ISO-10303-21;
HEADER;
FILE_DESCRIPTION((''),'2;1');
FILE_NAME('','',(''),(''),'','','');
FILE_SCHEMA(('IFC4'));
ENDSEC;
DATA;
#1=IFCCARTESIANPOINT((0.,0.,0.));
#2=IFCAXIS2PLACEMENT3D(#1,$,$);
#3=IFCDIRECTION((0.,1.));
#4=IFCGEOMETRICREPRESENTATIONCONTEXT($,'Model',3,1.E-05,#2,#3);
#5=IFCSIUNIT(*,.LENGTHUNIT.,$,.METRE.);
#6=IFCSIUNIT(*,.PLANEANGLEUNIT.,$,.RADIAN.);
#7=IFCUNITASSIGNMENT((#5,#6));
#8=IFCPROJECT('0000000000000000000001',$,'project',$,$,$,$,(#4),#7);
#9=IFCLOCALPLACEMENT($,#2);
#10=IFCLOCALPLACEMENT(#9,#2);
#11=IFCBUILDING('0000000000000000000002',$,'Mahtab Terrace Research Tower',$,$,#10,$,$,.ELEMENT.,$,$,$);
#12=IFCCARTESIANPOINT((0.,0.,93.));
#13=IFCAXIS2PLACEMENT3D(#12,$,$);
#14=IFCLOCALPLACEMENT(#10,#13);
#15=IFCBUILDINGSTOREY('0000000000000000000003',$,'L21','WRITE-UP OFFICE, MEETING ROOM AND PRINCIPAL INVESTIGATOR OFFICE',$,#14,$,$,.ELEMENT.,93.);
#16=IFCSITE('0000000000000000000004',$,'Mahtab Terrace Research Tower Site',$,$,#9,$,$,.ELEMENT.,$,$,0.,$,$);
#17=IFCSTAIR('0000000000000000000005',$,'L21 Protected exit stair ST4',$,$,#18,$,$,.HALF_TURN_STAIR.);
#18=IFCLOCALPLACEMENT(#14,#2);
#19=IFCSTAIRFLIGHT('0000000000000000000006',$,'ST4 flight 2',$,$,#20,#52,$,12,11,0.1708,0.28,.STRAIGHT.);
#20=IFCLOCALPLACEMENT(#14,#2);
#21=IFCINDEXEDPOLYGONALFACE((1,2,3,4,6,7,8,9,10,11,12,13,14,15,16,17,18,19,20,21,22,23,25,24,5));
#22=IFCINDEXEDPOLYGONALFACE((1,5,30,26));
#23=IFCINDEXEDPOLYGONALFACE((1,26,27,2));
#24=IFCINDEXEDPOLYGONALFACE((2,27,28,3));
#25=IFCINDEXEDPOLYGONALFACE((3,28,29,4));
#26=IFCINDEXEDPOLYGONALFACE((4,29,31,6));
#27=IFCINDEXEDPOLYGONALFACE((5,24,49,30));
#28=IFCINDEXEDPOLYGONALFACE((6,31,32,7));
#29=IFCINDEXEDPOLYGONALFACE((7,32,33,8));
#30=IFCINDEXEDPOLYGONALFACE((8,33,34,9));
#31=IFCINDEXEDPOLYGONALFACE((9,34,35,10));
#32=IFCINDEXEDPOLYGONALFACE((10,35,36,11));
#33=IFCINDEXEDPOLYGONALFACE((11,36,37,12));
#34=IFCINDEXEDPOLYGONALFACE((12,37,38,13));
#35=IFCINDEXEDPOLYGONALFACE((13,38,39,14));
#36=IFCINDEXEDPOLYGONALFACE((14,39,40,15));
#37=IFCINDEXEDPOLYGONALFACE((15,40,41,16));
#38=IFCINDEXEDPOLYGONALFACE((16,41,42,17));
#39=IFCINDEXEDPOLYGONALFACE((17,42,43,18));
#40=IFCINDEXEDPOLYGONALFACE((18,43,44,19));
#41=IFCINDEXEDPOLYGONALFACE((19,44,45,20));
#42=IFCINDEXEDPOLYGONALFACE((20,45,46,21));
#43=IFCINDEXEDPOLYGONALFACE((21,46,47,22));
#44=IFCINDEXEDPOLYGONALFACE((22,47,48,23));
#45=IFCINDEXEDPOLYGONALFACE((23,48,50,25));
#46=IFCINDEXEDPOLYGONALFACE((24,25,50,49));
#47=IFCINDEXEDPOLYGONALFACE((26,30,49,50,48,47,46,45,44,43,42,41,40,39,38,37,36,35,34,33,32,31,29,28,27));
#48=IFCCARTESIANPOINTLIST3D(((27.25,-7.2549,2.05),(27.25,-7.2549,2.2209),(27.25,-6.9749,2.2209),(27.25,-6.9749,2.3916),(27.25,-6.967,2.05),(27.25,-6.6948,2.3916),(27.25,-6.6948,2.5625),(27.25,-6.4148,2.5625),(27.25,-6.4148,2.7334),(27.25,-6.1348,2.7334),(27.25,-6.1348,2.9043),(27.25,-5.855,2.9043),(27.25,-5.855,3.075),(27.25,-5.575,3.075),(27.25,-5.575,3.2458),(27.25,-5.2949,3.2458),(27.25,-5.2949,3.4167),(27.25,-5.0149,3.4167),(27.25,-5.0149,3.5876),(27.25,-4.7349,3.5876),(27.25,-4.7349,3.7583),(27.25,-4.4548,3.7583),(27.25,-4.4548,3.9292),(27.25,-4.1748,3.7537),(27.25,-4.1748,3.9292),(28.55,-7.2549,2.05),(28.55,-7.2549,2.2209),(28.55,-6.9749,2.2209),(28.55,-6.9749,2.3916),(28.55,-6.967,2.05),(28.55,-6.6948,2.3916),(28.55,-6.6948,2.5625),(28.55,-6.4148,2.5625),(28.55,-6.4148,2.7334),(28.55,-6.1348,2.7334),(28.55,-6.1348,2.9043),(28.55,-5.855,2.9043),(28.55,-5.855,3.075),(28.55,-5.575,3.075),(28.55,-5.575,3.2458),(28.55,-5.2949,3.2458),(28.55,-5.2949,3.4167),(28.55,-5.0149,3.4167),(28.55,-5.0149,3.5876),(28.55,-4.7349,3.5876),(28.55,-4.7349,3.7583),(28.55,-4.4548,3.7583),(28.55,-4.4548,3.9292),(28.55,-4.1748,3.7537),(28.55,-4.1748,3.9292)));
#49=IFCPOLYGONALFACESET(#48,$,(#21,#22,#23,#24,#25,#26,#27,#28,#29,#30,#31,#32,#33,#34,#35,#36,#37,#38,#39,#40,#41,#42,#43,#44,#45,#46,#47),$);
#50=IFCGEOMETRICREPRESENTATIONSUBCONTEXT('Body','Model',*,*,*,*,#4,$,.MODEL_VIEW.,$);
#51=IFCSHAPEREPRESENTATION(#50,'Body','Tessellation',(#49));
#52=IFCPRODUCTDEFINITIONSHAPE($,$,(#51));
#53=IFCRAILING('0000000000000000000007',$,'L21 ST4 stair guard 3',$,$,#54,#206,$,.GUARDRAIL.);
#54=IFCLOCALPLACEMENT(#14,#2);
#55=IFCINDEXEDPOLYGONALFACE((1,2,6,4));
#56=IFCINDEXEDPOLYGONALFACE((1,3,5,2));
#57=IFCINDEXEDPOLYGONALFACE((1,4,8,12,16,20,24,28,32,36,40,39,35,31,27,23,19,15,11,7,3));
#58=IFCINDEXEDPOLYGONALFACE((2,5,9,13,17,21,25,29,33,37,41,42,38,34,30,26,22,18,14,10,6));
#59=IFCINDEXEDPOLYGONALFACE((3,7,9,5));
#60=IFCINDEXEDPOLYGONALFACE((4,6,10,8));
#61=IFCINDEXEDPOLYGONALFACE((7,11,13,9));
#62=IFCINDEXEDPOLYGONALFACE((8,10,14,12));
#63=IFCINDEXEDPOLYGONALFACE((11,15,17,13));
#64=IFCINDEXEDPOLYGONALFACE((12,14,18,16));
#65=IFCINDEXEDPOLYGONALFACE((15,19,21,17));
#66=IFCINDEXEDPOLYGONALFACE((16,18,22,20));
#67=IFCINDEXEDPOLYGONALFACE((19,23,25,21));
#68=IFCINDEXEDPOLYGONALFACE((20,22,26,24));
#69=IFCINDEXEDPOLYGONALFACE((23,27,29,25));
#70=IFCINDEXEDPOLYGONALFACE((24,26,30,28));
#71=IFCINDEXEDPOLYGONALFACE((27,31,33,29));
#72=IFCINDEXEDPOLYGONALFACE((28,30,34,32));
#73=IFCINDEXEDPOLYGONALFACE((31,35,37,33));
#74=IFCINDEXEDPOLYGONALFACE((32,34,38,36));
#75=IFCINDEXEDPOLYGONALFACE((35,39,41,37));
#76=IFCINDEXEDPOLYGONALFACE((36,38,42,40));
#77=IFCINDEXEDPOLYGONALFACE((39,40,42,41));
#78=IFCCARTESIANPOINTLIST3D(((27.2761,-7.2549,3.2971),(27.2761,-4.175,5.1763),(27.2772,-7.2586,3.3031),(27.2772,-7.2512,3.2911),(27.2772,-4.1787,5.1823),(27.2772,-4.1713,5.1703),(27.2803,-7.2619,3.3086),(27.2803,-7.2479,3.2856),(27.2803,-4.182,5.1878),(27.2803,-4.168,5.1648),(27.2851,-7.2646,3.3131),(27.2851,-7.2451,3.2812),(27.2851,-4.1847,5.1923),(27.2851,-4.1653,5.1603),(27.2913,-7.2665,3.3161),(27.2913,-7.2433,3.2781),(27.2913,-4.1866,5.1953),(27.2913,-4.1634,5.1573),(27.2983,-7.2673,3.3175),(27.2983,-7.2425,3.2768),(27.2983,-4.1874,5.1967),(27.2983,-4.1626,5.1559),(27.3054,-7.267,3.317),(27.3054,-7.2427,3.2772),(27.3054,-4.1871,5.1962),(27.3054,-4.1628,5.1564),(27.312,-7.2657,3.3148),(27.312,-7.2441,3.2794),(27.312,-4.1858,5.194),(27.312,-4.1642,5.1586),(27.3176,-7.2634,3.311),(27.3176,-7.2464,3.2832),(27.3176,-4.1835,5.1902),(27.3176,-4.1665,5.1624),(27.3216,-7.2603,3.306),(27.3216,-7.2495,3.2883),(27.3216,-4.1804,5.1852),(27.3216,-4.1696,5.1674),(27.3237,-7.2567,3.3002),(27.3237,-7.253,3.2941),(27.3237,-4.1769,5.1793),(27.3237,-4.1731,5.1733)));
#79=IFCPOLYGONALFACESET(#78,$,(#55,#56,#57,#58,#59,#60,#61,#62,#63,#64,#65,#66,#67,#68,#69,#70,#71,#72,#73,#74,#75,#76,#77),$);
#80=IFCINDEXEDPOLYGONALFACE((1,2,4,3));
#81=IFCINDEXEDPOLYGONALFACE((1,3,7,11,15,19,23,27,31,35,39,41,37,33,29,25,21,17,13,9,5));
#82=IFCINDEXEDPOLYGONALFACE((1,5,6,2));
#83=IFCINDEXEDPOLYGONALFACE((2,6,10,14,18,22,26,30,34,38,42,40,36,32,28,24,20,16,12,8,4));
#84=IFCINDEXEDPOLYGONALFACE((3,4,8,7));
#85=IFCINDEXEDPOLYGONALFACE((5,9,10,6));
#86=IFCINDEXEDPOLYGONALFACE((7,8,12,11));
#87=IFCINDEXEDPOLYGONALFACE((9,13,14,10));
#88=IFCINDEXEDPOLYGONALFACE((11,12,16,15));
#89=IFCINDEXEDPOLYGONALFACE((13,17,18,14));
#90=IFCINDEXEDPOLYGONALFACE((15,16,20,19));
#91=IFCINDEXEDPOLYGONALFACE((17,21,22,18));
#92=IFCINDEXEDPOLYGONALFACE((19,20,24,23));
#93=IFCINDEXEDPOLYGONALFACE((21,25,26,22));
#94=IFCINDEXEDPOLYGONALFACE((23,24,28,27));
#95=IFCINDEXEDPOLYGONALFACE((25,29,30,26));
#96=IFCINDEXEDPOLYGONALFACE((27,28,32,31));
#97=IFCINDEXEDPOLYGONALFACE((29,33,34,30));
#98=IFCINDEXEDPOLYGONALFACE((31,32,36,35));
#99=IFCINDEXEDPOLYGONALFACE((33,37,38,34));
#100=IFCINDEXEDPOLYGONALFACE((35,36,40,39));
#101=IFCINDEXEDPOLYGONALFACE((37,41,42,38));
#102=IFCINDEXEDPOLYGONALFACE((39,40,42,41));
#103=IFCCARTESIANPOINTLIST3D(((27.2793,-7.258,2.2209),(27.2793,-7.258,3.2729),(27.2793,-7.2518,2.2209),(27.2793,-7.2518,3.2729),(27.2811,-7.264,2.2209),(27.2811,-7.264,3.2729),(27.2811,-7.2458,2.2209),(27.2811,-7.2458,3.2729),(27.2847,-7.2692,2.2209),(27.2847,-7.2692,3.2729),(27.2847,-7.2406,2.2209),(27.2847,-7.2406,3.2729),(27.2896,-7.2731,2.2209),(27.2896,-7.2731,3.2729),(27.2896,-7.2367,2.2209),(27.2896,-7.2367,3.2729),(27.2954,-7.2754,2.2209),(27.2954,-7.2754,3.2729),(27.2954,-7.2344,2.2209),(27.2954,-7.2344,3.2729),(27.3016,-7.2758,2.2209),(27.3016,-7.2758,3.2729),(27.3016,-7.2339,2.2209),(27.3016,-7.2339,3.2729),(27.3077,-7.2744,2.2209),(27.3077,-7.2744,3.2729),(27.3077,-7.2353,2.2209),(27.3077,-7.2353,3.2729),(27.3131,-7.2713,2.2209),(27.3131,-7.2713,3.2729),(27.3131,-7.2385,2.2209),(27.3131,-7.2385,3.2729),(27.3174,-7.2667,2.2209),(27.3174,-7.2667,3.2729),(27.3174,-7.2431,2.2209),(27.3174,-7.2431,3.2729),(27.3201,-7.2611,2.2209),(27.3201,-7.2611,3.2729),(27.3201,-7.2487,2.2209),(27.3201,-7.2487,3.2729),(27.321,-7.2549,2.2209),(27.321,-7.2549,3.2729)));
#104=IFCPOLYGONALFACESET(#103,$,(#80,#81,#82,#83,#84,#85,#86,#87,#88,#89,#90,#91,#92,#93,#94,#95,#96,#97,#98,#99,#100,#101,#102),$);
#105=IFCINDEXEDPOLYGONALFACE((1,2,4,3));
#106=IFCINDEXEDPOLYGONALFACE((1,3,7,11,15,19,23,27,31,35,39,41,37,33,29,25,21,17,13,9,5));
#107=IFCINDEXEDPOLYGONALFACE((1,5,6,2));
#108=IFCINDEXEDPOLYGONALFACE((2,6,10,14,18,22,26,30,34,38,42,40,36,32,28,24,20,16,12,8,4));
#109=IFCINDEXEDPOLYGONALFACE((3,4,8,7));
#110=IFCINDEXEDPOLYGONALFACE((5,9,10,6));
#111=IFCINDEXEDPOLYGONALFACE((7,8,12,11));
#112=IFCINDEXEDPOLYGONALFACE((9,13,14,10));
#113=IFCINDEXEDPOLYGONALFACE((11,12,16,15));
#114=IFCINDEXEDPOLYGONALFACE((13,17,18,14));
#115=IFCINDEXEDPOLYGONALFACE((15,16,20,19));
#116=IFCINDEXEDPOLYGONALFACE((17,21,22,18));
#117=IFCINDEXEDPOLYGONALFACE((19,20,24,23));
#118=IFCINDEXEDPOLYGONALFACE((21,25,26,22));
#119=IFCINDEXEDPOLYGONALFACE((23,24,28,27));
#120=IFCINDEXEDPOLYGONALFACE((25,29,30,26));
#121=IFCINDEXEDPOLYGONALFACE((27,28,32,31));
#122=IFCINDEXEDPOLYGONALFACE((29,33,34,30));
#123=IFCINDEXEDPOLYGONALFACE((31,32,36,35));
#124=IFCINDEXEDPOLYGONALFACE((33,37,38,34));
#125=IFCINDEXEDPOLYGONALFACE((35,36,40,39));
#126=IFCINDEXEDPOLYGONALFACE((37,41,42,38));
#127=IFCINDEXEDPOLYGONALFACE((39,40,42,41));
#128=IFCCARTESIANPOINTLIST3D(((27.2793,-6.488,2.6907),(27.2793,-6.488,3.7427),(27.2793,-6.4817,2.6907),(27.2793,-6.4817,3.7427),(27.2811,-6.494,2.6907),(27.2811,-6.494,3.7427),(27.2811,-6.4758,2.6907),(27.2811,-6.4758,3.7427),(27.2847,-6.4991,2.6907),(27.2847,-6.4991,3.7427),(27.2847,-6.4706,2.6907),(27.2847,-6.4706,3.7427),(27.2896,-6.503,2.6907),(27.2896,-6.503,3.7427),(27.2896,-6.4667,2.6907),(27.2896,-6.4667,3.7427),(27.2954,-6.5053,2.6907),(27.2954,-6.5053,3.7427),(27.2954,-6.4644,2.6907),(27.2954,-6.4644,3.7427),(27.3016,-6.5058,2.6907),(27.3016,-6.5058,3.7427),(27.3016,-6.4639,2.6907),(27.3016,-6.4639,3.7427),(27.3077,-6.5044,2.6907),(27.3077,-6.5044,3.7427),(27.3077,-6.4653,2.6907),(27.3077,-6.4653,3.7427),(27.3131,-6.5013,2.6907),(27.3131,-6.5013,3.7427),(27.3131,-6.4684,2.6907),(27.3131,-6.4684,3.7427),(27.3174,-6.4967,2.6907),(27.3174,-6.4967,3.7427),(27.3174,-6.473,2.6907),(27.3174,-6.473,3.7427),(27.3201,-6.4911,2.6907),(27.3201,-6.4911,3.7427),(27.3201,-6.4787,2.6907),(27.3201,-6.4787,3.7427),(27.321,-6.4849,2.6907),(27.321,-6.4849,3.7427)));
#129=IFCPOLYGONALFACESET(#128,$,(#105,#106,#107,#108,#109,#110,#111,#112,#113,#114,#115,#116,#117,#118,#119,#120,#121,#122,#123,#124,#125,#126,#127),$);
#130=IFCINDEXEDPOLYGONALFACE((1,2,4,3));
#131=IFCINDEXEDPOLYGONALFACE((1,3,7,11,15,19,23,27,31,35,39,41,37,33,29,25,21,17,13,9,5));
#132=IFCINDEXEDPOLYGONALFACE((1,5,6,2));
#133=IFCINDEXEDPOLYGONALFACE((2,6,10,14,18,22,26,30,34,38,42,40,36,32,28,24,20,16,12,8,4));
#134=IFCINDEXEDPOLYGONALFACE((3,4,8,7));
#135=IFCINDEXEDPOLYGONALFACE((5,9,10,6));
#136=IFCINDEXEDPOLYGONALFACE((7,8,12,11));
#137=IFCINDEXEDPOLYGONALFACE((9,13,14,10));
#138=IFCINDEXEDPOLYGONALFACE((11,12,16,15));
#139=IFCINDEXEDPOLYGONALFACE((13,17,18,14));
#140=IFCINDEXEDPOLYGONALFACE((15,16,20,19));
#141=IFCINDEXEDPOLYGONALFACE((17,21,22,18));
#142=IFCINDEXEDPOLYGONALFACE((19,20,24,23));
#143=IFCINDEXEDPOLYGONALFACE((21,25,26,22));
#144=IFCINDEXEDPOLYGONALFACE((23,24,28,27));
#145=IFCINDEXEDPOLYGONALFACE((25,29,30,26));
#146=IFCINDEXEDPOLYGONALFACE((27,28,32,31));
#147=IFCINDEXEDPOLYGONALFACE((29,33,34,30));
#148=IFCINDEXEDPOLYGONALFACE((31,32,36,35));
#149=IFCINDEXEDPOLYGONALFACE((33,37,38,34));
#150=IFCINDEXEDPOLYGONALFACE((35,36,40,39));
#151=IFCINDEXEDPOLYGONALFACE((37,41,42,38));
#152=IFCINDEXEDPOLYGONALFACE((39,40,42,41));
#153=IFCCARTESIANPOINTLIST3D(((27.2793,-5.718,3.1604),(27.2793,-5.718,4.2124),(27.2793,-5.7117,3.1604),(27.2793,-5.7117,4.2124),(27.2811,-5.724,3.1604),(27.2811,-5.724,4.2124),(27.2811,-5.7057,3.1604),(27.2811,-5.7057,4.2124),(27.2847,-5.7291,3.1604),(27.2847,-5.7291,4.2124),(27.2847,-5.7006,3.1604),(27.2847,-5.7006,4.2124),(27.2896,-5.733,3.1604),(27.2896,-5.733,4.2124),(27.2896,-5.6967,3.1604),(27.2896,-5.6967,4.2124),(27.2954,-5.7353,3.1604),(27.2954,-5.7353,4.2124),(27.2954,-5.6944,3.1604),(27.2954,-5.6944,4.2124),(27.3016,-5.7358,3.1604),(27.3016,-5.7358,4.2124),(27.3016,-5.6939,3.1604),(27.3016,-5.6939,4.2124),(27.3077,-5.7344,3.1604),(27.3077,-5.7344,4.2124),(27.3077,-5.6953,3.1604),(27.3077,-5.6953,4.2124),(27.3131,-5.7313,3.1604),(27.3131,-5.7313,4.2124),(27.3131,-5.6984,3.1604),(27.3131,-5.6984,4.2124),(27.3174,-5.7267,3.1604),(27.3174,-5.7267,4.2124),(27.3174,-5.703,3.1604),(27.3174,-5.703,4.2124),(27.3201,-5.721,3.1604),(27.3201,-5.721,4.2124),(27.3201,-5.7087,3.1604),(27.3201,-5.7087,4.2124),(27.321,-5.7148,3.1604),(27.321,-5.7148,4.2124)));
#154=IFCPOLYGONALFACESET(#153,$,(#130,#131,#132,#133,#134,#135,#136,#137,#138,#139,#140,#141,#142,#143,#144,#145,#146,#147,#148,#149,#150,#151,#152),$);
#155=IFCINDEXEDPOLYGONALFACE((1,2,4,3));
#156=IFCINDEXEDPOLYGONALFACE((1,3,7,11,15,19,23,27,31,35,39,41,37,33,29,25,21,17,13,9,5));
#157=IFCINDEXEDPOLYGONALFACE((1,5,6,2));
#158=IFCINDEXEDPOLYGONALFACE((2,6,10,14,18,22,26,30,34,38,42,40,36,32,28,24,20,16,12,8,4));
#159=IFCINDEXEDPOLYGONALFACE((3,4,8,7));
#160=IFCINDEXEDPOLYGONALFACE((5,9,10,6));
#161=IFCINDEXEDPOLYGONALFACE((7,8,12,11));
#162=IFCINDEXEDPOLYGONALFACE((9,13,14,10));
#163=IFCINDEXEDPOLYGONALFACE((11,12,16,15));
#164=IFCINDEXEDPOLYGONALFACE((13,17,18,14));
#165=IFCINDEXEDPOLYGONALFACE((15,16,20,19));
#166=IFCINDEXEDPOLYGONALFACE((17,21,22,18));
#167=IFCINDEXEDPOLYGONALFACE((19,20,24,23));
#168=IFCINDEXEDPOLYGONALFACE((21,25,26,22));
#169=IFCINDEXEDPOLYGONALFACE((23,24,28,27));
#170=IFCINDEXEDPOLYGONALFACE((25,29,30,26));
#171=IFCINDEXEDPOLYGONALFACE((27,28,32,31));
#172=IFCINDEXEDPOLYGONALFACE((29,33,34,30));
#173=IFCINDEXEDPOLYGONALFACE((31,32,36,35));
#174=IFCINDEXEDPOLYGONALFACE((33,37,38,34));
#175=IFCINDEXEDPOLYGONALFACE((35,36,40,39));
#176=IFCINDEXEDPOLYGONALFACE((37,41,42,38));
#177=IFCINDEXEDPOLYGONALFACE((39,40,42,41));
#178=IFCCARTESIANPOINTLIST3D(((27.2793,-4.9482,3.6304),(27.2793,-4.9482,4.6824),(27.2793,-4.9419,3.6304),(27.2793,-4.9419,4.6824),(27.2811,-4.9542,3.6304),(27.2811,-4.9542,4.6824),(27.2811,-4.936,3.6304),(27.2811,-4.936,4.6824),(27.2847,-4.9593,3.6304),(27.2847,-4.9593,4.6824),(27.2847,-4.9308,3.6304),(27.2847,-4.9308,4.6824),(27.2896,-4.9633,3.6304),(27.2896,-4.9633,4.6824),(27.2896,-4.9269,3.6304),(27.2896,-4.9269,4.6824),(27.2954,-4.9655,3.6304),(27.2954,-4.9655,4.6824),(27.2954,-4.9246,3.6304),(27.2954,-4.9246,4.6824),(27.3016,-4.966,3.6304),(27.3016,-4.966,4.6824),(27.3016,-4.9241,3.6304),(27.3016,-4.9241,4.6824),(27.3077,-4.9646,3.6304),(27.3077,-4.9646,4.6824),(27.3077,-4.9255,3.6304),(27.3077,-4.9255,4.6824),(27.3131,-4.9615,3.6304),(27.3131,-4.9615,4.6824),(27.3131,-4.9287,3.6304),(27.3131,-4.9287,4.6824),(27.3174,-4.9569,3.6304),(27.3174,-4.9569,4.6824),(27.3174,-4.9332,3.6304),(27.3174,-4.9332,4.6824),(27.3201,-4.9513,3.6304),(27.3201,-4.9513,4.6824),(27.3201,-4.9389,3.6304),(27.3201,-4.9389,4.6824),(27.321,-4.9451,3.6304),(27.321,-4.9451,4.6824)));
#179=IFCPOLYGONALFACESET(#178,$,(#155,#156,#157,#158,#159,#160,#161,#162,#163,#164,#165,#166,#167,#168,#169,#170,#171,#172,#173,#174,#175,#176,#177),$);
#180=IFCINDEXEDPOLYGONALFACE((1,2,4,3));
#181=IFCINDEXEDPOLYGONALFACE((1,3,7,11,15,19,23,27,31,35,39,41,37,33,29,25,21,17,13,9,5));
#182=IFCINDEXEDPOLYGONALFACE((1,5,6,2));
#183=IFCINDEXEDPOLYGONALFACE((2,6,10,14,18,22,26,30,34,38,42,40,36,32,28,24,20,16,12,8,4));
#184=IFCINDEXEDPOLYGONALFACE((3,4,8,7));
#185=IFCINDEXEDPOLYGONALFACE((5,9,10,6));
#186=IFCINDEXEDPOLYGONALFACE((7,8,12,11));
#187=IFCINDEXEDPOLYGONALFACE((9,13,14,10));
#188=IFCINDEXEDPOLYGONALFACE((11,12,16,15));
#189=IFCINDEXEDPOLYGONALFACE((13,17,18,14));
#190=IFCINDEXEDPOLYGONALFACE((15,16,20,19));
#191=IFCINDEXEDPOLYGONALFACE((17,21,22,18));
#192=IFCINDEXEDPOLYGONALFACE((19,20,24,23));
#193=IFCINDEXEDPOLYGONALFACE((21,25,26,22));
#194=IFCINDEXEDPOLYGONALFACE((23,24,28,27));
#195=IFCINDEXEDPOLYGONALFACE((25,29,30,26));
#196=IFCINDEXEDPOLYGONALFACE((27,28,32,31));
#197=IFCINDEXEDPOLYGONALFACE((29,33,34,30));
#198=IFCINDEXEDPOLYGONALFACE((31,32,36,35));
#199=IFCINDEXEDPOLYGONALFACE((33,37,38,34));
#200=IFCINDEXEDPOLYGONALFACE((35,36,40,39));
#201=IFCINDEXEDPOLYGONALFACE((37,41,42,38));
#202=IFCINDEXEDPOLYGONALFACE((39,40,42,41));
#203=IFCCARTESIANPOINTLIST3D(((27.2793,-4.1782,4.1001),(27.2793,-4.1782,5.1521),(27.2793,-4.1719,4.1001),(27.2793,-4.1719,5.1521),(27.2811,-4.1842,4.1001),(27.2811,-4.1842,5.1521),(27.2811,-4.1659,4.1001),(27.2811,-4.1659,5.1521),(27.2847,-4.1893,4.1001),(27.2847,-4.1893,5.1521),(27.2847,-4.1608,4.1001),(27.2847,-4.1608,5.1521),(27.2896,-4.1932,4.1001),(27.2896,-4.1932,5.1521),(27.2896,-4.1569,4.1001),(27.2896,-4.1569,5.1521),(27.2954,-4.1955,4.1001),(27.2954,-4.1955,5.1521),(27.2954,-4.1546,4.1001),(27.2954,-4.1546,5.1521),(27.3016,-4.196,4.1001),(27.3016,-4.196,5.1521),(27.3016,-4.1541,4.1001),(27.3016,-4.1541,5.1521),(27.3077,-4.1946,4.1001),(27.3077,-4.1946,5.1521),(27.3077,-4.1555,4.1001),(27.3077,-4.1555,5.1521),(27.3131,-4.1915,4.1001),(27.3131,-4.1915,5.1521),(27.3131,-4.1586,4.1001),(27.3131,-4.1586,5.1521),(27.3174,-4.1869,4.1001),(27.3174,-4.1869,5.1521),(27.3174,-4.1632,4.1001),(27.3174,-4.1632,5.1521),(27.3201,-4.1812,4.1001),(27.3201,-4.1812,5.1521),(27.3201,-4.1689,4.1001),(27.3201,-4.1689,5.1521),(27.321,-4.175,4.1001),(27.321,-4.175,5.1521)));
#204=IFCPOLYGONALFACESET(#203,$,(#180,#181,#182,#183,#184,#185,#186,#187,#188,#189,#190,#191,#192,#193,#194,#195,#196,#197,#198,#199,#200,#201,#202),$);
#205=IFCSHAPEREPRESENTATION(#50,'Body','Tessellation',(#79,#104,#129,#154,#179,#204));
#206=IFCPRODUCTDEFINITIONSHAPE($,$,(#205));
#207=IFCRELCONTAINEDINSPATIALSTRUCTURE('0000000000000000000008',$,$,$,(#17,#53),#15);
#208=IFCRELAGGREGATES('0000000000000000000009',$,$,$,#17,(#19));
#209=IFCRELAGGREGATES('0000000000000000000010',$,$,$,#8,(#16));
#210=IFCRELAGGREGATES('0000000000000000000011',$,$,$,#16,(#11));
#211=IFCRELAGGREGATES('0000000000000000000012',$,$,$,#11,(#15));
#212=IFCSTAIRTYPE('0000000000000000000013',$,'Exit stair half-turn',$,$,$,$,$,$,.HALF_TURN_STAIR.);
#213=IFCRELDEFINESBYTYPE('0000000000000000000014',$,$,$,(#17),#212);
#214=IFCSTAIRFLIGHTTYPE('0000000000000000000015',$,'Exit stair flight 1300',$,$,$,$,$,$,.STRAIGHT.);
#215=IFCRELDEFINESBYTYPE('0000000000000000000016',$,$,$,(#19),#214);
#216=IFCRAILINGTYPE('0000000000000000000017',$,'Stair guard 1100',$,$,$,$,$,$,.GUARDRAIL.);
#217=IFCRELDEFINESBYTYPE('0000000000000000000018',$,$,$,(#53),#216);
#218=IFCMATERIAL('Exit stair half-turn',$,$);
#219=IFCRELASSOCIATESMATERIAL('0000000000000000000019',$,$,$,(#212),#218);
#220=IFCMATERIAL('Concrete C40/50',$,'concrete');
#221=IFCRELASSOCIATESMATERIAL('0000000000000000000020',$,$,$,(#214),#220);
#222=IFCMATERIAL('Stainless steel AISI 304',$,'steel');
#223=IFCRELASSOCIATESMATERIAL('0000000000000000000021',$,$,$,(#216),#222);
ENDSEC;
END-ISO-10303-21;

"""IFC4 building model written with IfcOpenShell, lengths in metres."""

from ifc_helpers import new_model, si_unit, direction, frame, origin, origin_2d, place, context, subcontext, project, spatial, polyline, circle, outline, extrude, material, type_object, element, aggregate, save


model = new_model("IFC4")

# Units and contexts
model_context = context("Model", 3, precision=1e-05, world=origin(), true_north=direction((0.0, 1.0)))
body_context = subcontext(model_context, "Body", "Model", "MODEL_VIEW")
ifc_project = project(units=[si_unit("LENGTHUNIT", "METRE"), si_unit("PLANEANGLEUNIT", "RADIAN")], contexts=[model_context])

# Site, building, storey
site_placement = place(None, origin())
site = spatial("IfcSite", under=ifc_project, at=site_placement, Name="Mahtab Terrace Research Tower Site", CompositionType="ELEMENT", RefElevation=0.0)
building_placement = place(site_placement, origin())
building = spatial("IfcBuilding", under=site, at=building_placement, Name="Mahtab Terrace Research Tower", CompositionType="ELEMENT")
storey_placement = place(building_placement, frame((0.0, 0.0, 93.0)))
storey = spatial("IfcBuildingStorey", under=building, at=storey_placement, Name="L21", Description="WRITE-UP OFFICE, MEETING ROOM AND PRINCIPAL INVESTIGATOR OFFICE", CompositionType="ELEMENT", Elevation=93.0)

# Stair, stair flight
ifc_material_1 = material(Name="Exit stair half-turn")
stair_type = type_object("IfcStairType", Name="Exit stair half-turn", PredefinedType="HALF_TURN_STAIR", material=ifc_material_1)
stair_placement = place(storey_placement, origin())
stair = element("IfcStair", 1, at=stair_placement, inside=storey, type_object=stair_type, Name="L21 Protected exit stair ST4", PredefinedType="HALF_TURN_STAIR")
ifc_material_2 = material(Name="Concrete C40/50", Category="concrete")
stair_flight_type = type_object("IfcStairFlightType", Name="Exit stair flight 1300", PredefinedType="STRAIGHT", material=ifc_material_2)
stair_flight_placement = place(storey_placement, frame((27.8999, -7.2549, 2.05), z_axis=(0.0, 0.0, 1.0), x_axis=(0.0, 1.0, 0.0)))
stair_flight = element("IfcStairFlight", 2, at=stair_flight_placement, type_object=stair_flight_type, Name="ST4 flight 2", NumberOfRisers=12, NumberOfTreads=11, PredefinedType="STRAIGHT", RiserHeight=0.1708, TreadLength=0.28, context=body_context, shape_type="SweptSolid", body=[
    extrude(outline(polyline([(0.0, 0.0), (0.0, 0.1709), (0.28, 0.1709), (0.28, 0.3416), (0.5601, 0.3416), (0.5601, 0.5125), (0.8401, 0.5125), (0.8401, 0.6833), (1.1201, 0.6833), (1.1201, 0.8542), (1.3999, 0.8542), (1.3999, 1.0249), (1.6799, 1.0249), (1.6799, 1.1958), (1.96, 1.1958), (1.96, 1.3667), (2.24, 1.3667), (2.24, 1.5376), (2.52, 1.5376), (2.52, 1.7083), (2.8, 1.7083), (2.8, 1.8792), (3.0801, 1.8792), (3.0801, 2.05), (3.0801, 1.7036), (0.2878, 0.0), (0.0, 0.0)])), frame((0.0, 0.6499, 0.0), z_axis=(0.0, -1.0, 0.0), x_axis=(1.0, 0.0, 0.0)), (0.0, 0.0, 1.0), 1.3),
])
aggregate(stair, [stair_flight])

# Railing
ifc_material_3 = material(Name="Stainless steel AISI 304", Category="steel")
railing_type_1 = type_object("IfcRailingType", Name="Stair guard 1100", PredefinedType="GUARDRAIL", material=ifc_material_3)
railing_1_placement = place(storey_placement, frame((27.3, -7.2549, 2.2209)))
element("IfcRailing", 3, at=railing_1_placement, inside=storey, type_object=railing_type_1, Name="L21 ST4 stair guard 3", PredefinedType="GUARDRAIL", context=body_context, shape_type="SweptSolid", body=[
    extrude(circle(Radius=0.0239, at=origin_2d()), frame((0.0, 0.0, 1.0762), z_axis=(0.0, 0.853648, 0.52085), x_axis=(-1.0, 0.0, 0.0)), (0.0, 0.0, 1.0), 3.6079),
    extrude(circle(Radius=0.021, at=origin_2d()), origin(), (0.0, 0.0, 1.0), 1.052),
    extrude(circle(Radius=0.021, at=origin_2d()), frame((0.0, 0.77, 0.4697)), (0.0, 0.0, 1.0), 1.052),
    extrude(circle(Radius=0.021, at=origin_2d()), frame((0.0, 1.54, 0.9395)), (0.0, 0.0, 1.0), 1.052),
    extrude(circle(Radius=0.021, at=origin_2d()), frame((0.0, 2.3098, 1.4094)), (0.0, 0.0, 1.0), 1.052),
    extrude(circle(Radius=0.021, at=origin_2d()), frame((0.0, 3.0798, 1.8792)), (0.0, 0.0, 1.0), 1.052),
])

save(model, "model.ifc")
